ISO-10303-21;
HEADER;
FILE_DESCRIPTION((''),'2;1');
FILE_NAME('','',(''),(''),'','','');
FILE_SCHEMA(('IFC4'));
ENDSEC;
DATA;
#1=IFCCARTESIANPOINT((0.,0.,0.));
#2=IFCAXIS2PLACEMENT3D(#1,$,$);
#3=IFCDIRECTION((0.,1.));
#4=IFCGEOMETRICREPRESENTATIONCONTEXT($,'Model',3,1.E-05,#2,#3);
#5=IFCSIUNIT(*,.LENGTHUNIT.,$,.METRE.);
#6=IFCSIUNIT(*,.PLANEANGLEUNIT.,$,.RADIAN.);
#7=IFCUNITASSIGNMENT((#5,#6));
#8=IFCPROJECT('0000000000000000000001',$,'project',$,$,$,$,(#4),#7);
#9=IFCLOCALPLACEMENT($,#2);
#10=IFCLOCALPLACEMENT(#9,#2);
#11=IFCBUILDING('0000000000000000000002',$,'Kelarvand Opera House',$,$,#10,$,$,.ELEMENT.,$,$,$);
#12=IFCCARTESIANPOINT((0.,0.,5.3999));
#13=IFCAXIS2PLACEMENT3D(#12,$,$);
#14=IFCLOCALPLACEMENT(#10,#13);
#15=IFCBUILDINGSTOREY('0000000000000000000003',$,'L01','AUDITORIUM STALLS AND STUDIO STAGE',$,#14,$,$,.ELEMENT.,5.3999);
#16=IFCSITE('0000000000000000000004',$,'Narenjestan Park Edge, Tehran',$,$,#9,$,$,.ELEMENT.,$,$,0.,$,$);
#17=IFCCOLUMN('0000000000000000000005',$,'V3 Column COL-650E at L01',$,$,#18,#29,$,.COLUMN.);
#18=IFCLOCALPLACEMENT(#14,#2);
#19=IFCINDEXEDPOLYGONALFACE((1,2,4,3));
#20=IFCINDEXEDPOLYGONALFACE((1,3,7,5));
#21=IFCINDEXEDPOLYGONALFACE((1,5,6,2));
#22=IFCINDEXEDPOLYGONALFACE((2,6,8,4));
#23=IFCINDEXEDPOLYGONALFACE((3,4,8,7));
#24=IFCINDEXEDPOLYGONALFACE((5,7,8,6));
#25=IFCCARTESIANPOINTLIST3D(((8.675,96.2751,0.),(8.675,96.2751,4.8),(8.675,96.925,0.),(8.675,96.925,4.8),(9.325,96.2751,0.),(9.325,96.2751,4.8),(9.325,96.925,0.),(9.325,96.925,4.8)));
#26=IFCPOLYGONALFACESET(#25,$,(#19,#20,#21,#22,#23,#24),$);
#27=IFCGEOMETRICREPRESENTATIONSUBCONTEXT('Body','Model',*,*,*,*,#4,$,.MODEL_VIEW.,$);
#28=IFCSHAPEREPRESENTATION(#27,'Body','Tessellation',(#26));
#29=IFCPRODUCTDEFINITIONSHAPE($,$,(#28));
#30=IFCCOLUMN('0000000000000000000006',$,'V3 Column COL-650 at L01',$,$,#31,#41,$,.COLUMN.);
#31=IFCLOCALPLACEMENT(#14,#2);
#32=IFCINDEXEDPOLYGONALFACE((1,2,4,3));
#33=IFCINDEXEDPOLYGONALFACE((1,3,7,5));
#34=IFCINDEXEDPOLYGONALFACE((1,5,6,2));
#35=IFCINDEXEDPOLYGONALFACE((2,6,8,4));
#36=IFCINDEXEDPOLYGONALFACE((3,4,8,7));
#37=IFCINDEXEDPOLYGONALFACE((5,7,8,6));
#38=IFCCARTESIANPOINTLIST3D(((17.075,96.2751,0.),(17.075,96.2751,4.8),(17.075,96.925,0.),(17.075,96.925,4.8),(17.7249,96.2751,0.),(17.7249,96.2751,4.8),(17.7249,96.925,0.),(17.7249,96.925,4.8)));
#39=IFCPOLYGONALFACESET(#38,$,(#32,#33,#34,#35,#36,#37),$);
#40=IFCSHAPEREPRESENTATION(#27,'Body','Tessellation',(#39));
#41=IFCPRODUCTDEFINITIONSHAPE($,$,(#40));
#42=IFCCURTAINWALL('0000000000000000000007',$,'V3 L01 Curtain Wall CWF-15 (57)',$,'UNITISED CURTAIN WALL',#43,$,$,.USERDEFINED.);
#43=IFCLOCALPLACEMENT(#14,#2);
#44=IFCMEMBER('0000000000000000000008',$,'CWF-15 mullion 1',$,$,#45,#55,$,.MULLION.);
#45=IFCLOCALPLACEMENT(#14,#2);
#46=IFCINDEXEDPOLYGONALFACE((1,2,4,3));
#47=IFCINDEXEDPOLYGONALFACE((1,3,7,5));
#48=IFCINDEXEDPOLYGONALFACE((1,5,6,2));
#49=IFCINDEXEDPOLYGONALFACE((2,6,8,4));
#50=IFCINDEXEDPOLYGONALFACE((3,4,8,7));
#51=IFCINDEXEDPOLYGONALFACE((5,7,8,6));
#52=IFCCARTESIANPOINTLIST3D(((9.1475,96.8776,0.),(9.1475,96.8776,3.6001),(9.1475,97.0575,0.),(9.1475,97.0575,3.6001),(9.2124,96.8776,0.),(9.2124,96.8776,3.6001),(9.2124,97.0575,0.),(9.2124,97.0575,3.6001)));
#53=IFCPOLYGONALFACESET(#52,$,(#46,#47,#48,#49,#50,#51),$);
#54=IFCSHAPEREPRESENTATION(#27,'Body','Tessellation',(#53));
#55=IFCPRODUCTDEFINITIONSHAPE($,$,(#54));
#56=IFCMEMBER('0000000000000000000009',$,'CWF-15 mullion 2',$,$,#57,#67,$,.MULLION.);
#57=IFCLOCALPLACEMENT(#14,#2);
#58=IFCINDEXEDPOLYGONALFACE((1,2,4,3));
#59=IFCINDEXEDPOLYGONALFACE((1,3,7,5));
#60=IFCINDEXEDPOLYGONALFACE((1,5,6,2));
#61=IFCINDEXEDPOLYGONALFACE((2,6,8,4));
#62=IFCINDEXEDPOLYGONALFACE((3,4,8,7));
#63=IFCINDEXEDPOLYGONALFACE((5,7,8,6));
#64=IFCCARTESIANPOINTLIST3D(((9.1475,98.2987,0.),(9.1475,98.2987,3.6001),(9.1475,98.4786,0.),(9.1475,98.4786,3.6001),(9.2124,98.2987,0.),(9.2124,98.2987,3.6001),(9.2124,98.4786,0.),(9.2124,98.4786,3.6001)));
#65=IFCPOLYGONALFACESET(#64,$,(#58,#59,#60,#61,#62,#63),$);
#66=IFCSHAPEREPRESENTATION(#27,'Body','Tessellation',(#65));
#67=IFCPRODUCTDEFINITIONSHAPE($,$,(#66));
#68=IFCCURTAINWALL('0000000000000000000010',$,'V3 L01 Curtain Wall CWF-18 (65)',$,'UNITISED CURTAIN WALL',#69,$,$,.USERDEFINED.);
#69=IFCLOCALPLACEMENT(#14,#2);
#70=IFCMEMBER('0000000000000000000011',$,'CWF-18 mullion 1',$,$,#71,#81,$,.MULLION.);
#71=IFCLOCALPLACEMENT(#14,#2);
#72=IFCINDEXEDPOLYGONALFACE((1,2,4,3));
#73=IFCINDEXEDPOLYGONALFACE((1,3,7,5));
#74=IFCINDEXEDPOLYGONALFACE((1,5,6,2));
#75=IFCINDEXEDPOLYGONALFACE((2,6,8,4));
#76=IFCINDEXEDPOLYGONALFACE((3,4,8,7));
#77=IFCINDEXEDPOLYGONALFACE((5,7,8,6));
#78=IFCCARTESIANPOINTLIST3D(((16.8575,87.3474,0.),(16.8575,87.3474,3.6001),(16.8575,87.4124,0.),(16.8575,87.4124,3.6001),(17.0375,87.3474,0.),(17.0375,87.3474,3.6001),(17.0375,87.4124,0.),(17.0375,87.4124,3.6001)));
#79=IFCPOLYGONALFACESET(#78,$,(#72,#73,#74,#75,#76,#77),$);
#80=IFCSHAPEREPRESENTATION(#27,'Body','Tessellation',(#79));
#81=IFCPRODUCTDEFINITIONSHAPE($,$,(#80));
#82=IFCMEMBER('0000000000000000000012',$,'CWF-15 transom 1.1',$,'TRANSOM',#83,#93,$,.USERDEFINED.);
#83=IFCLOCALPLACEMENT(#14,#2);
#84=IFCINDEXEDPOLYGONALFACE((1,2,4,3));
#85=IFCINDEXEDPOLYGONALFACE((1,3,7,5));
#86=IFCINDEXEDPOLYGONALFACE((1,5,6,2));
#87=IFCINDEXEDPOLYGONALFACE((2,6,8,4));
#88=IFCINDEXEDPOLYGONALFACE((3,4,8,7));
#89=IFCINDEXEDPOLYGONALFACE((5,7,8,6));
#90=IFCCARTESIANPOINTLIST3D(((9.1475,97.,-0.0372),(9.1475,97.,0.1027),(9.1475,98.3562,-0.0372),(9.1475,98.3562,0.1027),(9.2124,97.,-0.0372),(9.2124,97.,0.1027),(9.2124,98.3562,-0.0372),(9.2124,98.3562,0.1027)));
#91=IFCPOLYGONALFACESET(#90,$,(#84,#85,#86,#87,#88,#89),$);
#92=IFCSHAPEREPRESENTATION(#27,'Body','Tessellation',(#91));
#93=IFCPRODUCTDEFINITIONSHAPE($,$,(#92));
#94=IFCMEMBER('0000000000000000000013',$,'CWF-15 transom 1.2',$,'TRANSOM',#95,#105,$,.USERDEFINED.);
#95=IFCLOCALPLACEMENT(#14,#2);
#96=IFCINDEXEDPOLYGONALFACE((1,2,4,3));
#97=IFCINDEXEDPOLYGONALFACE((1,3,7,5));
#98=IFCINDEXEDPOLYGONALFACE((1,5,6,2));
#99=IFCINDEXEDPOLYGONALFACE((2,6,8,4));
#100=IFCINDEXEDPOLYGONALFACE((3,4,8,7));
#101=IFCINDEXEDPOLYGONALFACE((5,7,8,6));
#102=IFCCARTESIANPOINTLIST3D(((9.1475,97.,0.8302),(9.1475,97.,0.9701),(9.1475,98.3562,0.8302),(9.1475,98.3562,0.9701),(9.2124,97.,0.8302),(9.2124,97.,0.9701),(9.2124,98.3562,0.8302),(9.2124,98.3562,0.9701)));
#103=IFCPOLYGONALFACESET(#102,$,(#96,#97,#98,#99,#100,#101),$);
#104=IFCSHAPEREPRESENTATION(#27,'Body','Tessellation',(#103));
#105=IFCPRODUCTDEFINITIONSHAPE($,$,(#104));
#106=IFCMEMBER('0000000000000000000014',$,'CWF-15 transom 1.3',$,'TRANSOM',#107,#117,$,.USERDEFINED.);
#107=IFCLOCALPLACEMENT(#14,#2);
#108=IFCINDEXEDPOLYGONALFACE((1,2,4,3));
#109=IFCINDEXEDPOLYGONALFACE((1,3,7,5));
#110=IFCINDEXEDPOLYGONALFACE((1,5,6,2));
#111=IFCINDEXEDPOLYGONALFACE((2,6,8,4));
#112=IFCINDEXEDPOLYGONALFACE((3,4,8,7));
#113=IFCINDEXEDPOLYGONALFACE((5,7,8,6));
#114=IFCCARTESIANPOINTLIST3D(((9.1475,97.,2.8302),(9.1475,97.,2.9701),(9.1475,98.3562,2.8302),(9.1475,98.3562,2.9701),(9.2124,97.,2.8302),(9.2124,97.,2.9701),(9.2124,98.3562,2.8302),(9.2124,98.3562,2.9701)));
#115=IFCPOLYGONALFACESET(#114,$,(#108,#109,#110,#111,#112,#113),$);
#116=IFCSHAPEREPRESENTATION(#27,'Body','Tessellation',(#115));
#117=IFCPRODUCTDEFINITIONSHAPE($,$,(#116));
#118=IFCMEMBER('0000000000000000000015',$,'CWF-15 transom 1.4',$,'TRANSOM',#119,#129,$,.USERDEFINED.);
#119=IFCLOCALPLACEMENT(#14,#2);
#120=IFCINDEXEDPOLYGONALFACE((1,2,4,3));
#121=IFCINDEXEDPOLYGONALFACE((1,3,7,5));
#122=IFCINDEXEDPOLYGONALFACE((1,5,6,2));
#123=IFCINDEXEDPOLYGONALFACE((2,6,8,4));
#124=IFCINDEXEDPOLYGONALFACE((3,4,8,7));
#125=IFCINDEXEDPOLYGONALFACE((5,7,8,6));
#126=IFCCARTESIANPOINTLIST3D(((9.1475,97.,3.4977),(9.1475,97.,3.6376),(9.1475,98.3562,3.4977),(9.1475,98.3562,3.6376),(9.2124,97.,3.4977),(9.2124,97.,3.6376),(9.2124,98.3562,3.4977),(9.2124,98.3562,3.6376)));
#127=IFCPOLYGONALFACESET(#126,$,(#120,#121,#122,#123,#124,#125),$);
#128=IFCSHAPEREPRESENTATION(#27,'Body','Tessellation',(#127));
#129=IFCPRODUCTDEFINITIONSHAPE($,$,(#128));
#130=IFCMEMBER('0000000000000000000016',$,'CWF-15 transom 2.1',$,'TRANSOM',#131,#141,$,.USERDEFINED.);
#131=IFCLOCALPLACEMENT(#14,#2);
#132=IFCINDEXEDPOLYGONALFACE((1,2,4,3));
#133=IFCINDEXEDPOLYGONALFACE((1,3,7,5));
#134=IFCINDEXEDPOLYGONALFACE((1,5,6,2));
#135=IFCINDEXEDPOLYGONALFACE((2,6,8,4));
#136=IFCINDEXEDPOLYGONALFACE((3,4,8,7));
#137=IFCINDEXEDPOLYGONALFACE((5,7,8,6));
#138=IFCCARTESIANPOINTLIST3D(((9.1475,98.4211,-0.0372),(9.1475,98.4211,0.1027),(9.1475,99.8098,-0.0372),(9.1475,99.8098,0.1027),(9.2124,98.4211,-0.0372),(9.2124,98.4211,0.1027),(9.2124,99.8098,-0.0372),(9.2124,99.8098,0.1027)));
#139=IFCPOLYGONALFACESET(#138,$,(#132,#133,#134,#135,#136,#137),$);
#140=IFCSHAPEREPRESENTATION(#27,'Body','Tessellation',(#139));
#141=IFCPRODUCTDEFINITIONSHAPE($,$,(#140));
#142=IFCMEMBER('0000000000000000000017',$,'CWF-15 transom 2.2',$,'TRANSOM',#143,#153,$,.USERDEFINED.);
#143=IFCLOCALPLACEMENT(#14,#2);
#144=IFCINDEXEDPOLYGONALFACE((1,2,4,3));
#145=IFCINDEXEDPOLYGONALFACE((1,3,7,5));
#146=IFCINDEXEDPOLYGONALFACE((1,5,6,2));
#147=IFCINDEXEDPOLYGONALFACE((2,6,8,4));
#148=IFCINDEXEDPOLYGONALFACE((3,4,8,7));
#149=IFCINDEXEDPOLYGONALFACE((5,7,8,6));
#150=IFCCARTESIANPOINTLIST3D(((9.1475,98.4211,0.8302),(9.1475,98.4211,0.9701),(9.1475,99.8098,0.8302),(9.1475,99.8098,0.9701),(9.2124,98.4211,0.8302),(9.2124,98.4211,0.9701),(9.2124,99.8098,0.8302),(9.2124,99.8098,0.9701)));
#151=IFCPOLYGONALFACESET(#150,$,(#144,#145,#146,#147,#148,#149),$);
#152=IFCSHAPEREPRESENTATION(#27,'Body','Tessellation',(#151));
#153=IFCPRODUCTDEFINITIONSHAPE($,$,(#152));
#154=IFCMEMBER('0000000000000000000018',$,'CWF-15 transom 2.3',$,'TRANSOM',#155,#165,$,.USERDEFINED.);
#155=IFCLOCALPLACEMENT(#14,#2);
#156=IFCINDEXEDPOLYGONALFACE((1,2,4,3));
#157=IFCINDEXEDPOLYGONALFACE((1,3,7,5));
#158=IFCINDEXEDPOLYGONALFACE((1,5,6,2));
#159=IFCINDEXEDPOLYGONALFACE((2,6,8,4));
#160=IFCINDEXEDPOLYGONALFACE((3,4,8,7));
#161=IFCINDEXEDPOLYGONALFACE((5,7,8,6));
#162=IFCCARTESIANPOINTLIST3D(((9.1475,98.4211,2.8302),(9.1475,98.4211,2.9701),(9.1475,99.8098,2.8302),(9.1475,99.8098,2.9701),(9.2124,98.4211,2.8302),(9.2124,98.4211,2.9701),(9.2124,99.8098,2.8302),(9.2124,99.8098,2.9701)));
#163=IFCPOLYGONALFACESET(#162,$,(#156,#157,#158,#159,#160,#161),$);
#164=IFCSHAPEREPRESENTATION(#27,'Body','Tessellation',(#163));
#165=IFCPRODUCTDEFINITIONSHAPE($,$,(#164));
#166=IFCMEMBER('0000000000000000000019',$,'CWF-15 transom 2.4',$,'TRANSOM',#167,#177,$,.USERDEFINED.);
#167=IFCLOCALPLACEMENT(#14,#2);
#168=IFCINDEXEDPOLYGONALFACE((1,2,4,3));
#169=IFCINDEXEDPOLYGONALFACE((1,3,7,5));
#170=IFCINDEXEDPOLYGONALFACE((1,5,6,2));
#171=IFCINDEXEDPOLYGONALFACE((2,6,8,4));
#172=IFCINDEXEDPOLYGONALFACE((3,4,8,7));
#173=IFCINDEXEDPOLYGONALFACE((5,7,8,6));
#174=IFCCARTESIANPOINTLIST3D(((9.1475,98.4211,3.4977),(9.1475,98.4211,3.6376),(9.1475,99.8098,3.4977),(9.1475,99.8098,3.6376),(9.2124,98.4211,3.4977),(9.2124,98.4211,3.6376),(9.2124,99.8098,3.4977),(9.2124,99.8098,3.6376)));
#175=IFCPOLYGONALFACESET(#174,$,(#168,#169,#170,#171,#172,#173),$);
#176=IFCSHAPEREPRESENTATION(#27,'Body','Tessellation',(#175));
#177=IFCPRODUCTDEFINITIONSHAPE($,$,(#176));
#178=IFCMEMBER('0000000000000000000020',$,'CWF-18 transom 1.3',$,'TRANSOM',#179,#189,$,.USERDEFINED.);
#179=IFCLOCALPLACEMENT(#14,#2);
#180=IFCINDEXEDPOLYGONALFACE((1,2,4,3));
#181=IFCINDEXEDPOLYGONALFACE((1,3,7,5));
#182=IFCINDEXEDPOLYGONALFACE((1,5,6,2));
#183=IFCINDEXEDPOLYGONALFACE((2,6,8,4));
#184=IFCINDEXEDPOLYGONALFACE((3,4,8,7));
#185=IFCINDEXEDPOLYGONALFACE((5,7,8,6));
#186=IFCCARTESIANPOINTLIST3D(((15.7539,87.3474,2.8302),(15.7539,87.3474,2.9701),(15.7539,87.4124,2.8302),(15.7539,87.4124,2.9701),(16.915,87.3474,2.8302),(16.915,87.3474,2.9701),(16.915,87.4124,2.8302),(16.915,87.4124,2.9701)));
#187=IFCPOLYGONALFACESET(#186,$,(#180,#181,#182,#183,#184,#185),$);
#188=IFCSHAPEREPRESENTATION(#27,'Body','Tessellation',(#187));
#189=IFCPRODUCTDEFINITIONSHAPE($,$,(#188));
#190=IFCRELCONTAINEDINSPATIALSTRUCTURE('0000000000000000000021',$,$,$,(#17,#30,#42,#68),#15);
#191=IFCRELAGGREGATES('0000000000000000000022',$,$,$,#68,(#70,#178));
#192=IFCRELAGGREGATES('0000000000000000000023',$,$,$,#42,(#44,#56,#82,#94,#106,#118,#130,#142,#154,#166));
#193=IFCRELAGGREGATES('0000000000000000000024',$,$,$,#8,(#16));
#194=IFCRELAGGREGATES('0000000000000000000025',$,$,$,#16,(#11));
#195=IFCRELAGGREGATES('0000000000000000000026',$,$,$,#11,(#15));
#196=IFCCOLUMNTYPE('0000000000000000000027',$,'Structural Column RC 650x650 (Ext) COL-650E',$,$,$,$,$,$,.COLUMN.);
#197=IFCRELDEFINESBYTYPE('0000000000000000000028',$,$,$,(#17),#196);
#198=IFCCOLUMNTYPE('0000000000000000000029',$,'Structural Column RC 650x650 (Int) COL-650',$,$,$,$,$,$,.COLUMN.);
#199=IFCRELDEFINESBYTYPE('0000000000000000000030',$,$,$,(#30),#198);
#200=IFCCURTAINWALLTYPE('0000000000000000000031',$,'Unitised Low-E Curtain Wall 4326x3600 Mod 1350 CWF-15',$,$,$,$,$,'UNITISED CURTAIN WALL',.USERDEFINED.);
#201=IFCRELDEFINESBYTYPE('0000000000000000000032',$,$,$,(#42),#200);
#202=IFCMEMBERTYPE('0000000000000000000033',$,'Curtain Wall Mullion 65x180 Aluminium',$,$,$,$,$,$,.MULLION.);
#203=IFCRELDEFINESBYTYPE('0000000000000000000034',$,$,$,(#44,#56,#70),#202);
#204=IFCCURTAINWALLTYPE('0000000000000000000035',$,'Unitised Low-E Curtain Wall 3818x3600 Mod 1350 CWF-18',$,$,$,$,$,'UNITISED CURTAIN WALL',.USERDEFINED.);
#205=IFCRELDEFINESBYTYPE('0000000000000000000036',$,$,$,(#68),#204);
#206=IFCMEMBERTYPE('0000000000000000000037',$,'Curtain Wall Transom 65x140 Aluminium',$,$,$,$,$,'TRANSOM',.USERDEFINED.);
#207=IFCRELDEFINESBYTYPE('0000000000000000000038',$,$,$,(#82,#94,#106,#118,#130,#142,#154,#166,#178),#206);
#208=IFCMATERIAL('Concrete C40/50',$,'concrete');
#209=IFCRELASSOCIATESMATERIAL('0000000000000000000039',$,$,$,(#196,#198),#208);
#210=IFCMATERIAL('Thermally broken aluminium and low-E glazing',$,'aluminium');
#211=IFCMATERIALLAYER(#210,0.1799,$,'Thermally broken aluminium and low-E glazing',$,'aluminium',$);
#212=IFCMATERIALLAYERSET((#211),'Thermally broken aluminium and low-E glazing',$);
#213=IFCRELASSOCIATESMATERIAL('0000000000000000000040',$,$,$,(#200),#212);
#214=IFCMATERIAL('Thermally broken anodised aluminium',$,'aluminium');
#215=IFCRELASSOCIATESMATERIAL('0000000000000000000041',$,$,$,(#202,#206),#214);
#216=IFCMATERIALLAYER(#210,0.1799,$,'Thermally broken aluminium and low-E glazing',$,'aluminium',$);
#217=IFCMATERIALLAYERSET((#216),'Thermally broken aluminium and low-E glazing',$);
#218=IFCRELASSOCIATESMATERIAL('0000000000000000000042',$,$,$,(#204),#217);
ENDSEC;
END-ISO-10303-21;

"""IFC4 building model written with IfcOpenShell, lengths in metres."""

from ifc_helpers import new_model, si_unit, direction, frame, origin, origin_2d, place, context, subcontext, project, spatial, rectangle, extrude, material, layer, layer_set, material_profile, profile_set, type_object, element, aggregate, save


model = new_model("IFC4")

# Units and contexts
model_context = context("Model", 3, precision=1e-05, world=origin(), true_north=direction((0.0, 1.0)))
body_context = subcontext(model_context, "Body", "Model", "MODEL_VIEW")
ifc_project = project(units=[si_unit("LENGTHUNIT", "METRE"), si_unit("PLANEANGLEUNIT", "RADIAN")], contexts=[model_context])

# Site, building, storey
site_placement = place(None, origin())
site = spatial("IfcSite", under=ifc_project, at=site_placement, Name="Narenjestan Park Edge, Tehran", CompositionType="ELEMENT", RefElevation=0.0)
building_placement = place(site_placement, origin())
building = spatial("IfcBuilding", under=site, at=building_placement, Name="Kelarvand Opera House", CompositionType="ELEMENT")
storey_placement = place(building_placement, frame((0.0, 0.0, 5.3999)))
storey = spatial("IfcBuildingStorey", under=building, at=storey_placement, Name="L01", Description="AUDITORIUM STALLS AND STUDIO STAGE", CompositionType="ELEMENT", Elevation=5.3999)

# Columns
ifc_material_1 = material(Name="Concrete C40/50", Category="concrete")
ifc_material_profile_1 = material_profile(ifc_material_1, rectangle(XDim=0.6499, YDim=0.6499, at=origin_2d()), Name="RC 650x650", Category="concrete")
ifc_profile_set_1 = profile_set([ifc_material_profile_1], Name="Concrete C40/50")
column_type_1 = type_object("IfcColumnType", Name="Structural Column RC 650x650 (Ext) COL-650E", PredefinedType="COLUMN", material=ifc_profile_set_1)
column_1_placement = place(storey_placement, frame((9.0, 96.6001, 0.0), z_axis=(0.0, 0.0, 1.0), x_axis=(1.0, 0.0, 0.0)))
element("IfcColumn", 1, at=column_1_placement, inside=storey, type_object=column_type_1, Name="V3 Column COL-650E at L01", PredefinedType="COLUMN", context=body_context, shape_type="SweptSolid", body=[
    extrude(rectangle(XDim=0.6499, YDim=0.6499, at=origin_2d()), origin(), (0.0, 0.0, 1.0), 4.8),
])
ifc_material_profile_2 = material_profile(ifc_material_1, rectangle(XDim=0.6499, YDim=0.6499, at=origin_2d()), Name="RC 650x650", Category="concrete")
ifc_profile_set_2 = profile_set([ifc_material_profile_2], Name="Concrete C40/50")
column_type_2 = type_object("IfcColumnType", Name="Structural Column RC 650x650 (Int) COL-650", PredefinedType="COLUMN", material=ifc_profile_set_2)
column_2_placement = place(storey_placement, frame((17.3999, 96.6001, 0.0), z_axis=(0.0, 0.0, 1.0), x_axis=(1.0, 0.0, 0.0)))
element("IfcColumn", 2, at=column_2_placement, inside=storey, type_object=column_type_2, Name="V3 Column COL-650 at L01", PredefinedType="COLUMN", context=body_context, shape_type="SweptSolid", body=[
    extrude(rectangle(XDim=0.6499, YDim=0.6499, at=origin_2d()), origin(), (0.0, 0.0, 1.0), 4.8),
])

# Curtain wall, members
ifc_material_2 = material(Name="Thermally broken aluminium and low-E glazing", Category="aluminium")
ifc_layer_1 = layer(ifc_material_2, 0.1799, Name="Thermally broken aluminium and low-E glazing", Category="aluminium")
ifc_layer_set_1 = layer_set([ifc_layer_1], Name="Thermally broken aluminium and low-E glazing")
curtain_wall_type_1 = type_object("IfcCurtainWallType", Name="Unitised Low-E Curtain Wall 4326x3600 Mod 1350 CWF-15", ElementType="UNITISED CURTAIN WALL", PredefinedType="USERDEFINED", material=ifc_layer_set_1)
curtain_wall_1_placement = place(storey_placement, origin())
curtain_wall_1 = element("IfcCurtainWall", 3, at=curtain_wall_1_placement, inside=storey, type_object=curtain_wall_type_1, Name="V3 L01 Curtain Wall CWF-15 (57)", ObjectType="UNITISED CURTAIN WALL", PredefinedType="USERDEFINED")
ifc_material_3 = material(Name="Thermally broken anodised aluminium", Category="aluminium")
ifc_material_profile_3 = material_profile(ifc_material_3, rectangle(XDim=0.0649, YDim=0.1799, at=origin_2d()), Name="ALU MULLION 65x180", Category="aluminium")
ifc_profile_set_3 = profile_set([ifc_material_profile_3], Name="Thermally broken anodised aluminium")
member_type_1 = type_object("IfcMemberType", Name="Curtain Wall Mullion 65x180 Aluminium", PredefinedType="MULLION", material=ifc_profile_set_3)
member_1_placement = place(storey_placement, frame((9.1799, 96.9675, 0.0), z_axis=(0.0, 0.0, 1.0), x_axis=(-1.0, 0.0, 0.0)))
member_1 = element("IfcMember", 4, at=member_1_placement, type_object=member_type_1, Name="CWF-15 mullion 1", PredefinedType="MULLION", context=body_context, shape_type="SweptSolid", body=[
    extrude(rectangle(XDim=0.0649, YDim=0.1799, at=origin_2d()), origin(), (0.0, 0.0, 1.0), 3.6001),
])
member_2_placement = place(storey_placement, frame((9.1799, 98.3887, 0.0), z_axis=(0.0, 0.0, 1.0), x_axis=(-1.0, 0.0, 0.0)))
member_2 = element("IfcMember", 5, at=member_2_placement, type_object=member_type_1, Name="CWF-15 mullion 2", PredefinedType="MULLION", context=body_context, shape_type="SweptSolid", body=[
    extrude(rectangle(XDim=0.0649, YDim=0.1799, at=origin_2d()), origin(), (0.0, 0.0, 1.0), 3.6001),
])

# Curtain wall, member
ifc_layer_2 = layer(ifc_material_2, 0.1799, Name="Thermally broken aluminium and low-E glazing", Category="aluminium")
ifc_layer_set_2 = layer_set([ifc_layer_2], Name="Thermally broken aluminium and low-E glazing")
curtain_wall_type_2 = type_object("IfcCurtainWallType", Name="Unitised Low-E Curtain Wall 3818x3600 Mod 1350 CWF-18", ElementType="UNITISED CURTAIN WALL", PredefinedType="USERDEFINED", material=ifc_layer_set_2)
curtain_wall_2_placement = place(storey_placement, origin())
curtain_wall_2 = element("IfcCurtainWall", 6, at=curtain_wall_2_placement, inside=storey, type_object=curtain_wall_type_2, Name="V3 L01 Curtain Wall CWF-18 (65)", ObjectType="UNITISED CURTAIN WALL", PredefinedType="USERDEFINED")
member_3_placement = place(storey_placement, frame((16.9475, 87.3799, 0.0), z_axis=(0.0, 0.0, 1.0), x_axis=(0.0, -1.0, 0.0)))
member_3 = element("IfcMember", 7, at=member_3_placement, type_object=member_type_1, Name="CWF-18 mullion 1", PredefinedType="MULLION", context=body_context, shape_type="SweptSolid", body=[
    extrude(rectangle(XDim=0.0649, YDim=0.1799, at=origin_2d()), origin(), (0.0, 0.0, 1.0), 3.6001),
])

# Members
ifc_material_profile_4 = material_profile(ifc_material_3, rectangle(XDim=0.0649, YDim=0.1399, at=origin_2d()), Name="ALU TRANSOM 65x140", Category="aluminium")
ifc_profile_set_4 = profile_set([ifc_material_profile_4], Name="Thermally broken anodised aluminium")
member_type_2 = type_object("IfcMemberType", Name="Curtain Wall Transom 65x140 Aluminium", ElementType="TRANSOM", PredefinedType="USERDEFINED", material=ifc_profile_set_4)
member_4_placement = place(storey_placement, frame((9.1799, 97.0, 0.0327), z_axis=(0.0, 1.0, 0.0), x_axis=(-1.0, 0.0, 0.0)))
member_4 = element("IfcMember", 8, at=member_4_placement, type_object=member_type_2, Name="CWF-15 transom 1.1", ObjectType="TRANSOM", PredefinedType="USERDEFINED", context=body_context, shape_type="SweptSolid", body=[
    extrude(rectangle(XDim=0.0649, YDim=0.1399, at=origin_2d()), origin(), (0.0, 0.0, 1.0), 1.3562),
])
member_5_placement = place(storey_placement, frame((9.1799, 97.0, 0.9001), z_axis=(0.0, 1.0, 0.0), x_axis=(-1.0, 0.0, 0.0)))
member_5 = element("IfcMember", 9, at=member_5_placement, type_object=member_type_2, Name="CWF-15 transom 1.2", ObjectType="TRANSOM", PredefinedType="USERDEFINED", context=body_context, shape_type="SweptSolid", body=[
    extrude(rectangle(XDim=0.0649, YDim=0.1399, at=origin_2d()), origin(), (0.0, 0.0, 1.0), 1.3562),
])
member_6_placement = place(storey_placement, frame((9.1799, 97.0, 2.9001), z_axis=(0.0, 1.0, 0.0), x_axis=(-1.0, 0.0, 0.0)))
member_6 = element("IfcMember", 10, at=member_6_placement, type_object=member_type_2, Name="CWF-15 transom 1.3", ObjectType="TRANSOM", PredefinedType="USERDEFINED", context=body_context, shape_type="SweptSolid", body=[
    extrude(rectangle(XDim=0.0649, YDim=0.1399, at=origin_2d()), origin(), (0.0, 0.0, 1.0), 1.3562),
])
member_7_placement = place(storey_placement, frame((9.1799, 97.0, 3.5676), z_axis=(0.0, 1.0, 0.0), x_axis=(-1.0, 0.0, 0.0)))
member_7 = element("IfcMember", 11, at=member_7_placement, type_object=member_type_2, Name="CWF-15 transom 1.4", ObjectType="TRANSOM", PredefinedType="USERDEFINED", context=body_context, shape_type="SweptSolid", body=[
    extrude(rectangle(XDim=0.0649, YDim=0.1399, at=origin_2d()), origin(), (0.0, 0.0, 1.0), 1.3562),
])
member_8_placement = place(storey_placement, frame((9.1799, 98.4211, 0.0327), z_axis=(0.0, 1.0, 0.0), x_axis=(-1.0, 0.0, 0.0)))
member_8 = element("IfcMember", 12, at=member_8_placement, type_object=member_type_2, Name="CWF-15 transom 2.1", ObjectType="TRANSOM", PredefinedType="USERDEFINED", context=body_context, shape_type="SweptSolid", body=[
    extrude(rectangle(XDim=0.0649, YDim=0.1399, at=origin_2d()), origin(), (0.0, 0.0, 1.0), 1.3887),
])
member_9_placement = place(storey_placement, frame((9.1799, 98.4211, 0.9001), z_axis=(0.0, 1.0, 0.0), x_axis=(-1.0, 0.0, 0.0)))
member_9 = element("IfcMember", 13, at=member_9_placement, type_object=member_type_2, Name="CWF-15 transom 2.2", ObjectType="TRANSOM", PredefinedType="USERDEFINED", context=body_context, shape_type="SweptSolid", body=[
    extrude(rectangle(XDim=0.0649, YDim=0.1399, at=origin_2d()), origin(), (0.0, 0.0, 1.0), 1.3887),
])
member_10_placement = place(storey_placement, frame((9.1799, 98.4211, 2.9001), z_axis=(0.0, 1.0, 0.0), x_axis=(-1.0, 0.0, 0.0)))
member_10 = element("IfcMember", 14, at=member_10_placement, type_object=member_type_2, Name="CWF-15 transom 2.3", ObjectType="TRANSOM", PredefinedType="USERDEFINED", context=body_context, shape_type="SweptSolid", body=[
    extrude(rectangle(XDim=0.0649, YDim=0.1399, at=origin_2d()), origin(), (0.0, 0.0, 1.0), 1.3887),
])
member_11_placement = place(storey_placement, frame((9.1799, 98.4211, 3.5676), z_axis=(0.0, 1.0, 0.0), x_axis=(-1.0, 0.0, 0.0)))
member_11 = element("IfcMember", 15, at=member_11_placement, type_object=member_type_2, Name="CWF-15 transom 2.4", ObjectType="TRANSOM", PredefinedType="USERDEFINED", context=body_context, shape_type="SweptSolid", body=[
    extrude(rectangle(XDim=0.0649, YDim=0.1399, at=origin_2d()), origin(), (0.0, 0.0, 1.0), 1.3887),
])
member_12_placement = place(storey_placement, frame((16.915, 87.3799, 2.9001), z_axis=(-1.0, 0.0, 0.0), x_axis=(0.0, -1.0, 0.0)))
member_12 = element("IfcMember", 16, at=member_12_placement, type_object=member_type_2, Name="CWF-18 transom 1.3", ObjectType="TRANSOM", PredefinedType="USERDEFINED", context=body_context, shape_type="SweptSolid", body=[
    extrude(rectangle(XDim=0.0649, YDim=0.1399, at=origin_2d()), origin(), (0.0, 0.0, 1.0), 1.1611),
])
aggregate(curtain_wall_2, [member_3, member_12])

aggregate(curtain_wall_1, [member_1, member_2, member_4, member_5, member_6, member_7, member_8, member_9, member_10, member_11])

save(model, "model.ifc")
